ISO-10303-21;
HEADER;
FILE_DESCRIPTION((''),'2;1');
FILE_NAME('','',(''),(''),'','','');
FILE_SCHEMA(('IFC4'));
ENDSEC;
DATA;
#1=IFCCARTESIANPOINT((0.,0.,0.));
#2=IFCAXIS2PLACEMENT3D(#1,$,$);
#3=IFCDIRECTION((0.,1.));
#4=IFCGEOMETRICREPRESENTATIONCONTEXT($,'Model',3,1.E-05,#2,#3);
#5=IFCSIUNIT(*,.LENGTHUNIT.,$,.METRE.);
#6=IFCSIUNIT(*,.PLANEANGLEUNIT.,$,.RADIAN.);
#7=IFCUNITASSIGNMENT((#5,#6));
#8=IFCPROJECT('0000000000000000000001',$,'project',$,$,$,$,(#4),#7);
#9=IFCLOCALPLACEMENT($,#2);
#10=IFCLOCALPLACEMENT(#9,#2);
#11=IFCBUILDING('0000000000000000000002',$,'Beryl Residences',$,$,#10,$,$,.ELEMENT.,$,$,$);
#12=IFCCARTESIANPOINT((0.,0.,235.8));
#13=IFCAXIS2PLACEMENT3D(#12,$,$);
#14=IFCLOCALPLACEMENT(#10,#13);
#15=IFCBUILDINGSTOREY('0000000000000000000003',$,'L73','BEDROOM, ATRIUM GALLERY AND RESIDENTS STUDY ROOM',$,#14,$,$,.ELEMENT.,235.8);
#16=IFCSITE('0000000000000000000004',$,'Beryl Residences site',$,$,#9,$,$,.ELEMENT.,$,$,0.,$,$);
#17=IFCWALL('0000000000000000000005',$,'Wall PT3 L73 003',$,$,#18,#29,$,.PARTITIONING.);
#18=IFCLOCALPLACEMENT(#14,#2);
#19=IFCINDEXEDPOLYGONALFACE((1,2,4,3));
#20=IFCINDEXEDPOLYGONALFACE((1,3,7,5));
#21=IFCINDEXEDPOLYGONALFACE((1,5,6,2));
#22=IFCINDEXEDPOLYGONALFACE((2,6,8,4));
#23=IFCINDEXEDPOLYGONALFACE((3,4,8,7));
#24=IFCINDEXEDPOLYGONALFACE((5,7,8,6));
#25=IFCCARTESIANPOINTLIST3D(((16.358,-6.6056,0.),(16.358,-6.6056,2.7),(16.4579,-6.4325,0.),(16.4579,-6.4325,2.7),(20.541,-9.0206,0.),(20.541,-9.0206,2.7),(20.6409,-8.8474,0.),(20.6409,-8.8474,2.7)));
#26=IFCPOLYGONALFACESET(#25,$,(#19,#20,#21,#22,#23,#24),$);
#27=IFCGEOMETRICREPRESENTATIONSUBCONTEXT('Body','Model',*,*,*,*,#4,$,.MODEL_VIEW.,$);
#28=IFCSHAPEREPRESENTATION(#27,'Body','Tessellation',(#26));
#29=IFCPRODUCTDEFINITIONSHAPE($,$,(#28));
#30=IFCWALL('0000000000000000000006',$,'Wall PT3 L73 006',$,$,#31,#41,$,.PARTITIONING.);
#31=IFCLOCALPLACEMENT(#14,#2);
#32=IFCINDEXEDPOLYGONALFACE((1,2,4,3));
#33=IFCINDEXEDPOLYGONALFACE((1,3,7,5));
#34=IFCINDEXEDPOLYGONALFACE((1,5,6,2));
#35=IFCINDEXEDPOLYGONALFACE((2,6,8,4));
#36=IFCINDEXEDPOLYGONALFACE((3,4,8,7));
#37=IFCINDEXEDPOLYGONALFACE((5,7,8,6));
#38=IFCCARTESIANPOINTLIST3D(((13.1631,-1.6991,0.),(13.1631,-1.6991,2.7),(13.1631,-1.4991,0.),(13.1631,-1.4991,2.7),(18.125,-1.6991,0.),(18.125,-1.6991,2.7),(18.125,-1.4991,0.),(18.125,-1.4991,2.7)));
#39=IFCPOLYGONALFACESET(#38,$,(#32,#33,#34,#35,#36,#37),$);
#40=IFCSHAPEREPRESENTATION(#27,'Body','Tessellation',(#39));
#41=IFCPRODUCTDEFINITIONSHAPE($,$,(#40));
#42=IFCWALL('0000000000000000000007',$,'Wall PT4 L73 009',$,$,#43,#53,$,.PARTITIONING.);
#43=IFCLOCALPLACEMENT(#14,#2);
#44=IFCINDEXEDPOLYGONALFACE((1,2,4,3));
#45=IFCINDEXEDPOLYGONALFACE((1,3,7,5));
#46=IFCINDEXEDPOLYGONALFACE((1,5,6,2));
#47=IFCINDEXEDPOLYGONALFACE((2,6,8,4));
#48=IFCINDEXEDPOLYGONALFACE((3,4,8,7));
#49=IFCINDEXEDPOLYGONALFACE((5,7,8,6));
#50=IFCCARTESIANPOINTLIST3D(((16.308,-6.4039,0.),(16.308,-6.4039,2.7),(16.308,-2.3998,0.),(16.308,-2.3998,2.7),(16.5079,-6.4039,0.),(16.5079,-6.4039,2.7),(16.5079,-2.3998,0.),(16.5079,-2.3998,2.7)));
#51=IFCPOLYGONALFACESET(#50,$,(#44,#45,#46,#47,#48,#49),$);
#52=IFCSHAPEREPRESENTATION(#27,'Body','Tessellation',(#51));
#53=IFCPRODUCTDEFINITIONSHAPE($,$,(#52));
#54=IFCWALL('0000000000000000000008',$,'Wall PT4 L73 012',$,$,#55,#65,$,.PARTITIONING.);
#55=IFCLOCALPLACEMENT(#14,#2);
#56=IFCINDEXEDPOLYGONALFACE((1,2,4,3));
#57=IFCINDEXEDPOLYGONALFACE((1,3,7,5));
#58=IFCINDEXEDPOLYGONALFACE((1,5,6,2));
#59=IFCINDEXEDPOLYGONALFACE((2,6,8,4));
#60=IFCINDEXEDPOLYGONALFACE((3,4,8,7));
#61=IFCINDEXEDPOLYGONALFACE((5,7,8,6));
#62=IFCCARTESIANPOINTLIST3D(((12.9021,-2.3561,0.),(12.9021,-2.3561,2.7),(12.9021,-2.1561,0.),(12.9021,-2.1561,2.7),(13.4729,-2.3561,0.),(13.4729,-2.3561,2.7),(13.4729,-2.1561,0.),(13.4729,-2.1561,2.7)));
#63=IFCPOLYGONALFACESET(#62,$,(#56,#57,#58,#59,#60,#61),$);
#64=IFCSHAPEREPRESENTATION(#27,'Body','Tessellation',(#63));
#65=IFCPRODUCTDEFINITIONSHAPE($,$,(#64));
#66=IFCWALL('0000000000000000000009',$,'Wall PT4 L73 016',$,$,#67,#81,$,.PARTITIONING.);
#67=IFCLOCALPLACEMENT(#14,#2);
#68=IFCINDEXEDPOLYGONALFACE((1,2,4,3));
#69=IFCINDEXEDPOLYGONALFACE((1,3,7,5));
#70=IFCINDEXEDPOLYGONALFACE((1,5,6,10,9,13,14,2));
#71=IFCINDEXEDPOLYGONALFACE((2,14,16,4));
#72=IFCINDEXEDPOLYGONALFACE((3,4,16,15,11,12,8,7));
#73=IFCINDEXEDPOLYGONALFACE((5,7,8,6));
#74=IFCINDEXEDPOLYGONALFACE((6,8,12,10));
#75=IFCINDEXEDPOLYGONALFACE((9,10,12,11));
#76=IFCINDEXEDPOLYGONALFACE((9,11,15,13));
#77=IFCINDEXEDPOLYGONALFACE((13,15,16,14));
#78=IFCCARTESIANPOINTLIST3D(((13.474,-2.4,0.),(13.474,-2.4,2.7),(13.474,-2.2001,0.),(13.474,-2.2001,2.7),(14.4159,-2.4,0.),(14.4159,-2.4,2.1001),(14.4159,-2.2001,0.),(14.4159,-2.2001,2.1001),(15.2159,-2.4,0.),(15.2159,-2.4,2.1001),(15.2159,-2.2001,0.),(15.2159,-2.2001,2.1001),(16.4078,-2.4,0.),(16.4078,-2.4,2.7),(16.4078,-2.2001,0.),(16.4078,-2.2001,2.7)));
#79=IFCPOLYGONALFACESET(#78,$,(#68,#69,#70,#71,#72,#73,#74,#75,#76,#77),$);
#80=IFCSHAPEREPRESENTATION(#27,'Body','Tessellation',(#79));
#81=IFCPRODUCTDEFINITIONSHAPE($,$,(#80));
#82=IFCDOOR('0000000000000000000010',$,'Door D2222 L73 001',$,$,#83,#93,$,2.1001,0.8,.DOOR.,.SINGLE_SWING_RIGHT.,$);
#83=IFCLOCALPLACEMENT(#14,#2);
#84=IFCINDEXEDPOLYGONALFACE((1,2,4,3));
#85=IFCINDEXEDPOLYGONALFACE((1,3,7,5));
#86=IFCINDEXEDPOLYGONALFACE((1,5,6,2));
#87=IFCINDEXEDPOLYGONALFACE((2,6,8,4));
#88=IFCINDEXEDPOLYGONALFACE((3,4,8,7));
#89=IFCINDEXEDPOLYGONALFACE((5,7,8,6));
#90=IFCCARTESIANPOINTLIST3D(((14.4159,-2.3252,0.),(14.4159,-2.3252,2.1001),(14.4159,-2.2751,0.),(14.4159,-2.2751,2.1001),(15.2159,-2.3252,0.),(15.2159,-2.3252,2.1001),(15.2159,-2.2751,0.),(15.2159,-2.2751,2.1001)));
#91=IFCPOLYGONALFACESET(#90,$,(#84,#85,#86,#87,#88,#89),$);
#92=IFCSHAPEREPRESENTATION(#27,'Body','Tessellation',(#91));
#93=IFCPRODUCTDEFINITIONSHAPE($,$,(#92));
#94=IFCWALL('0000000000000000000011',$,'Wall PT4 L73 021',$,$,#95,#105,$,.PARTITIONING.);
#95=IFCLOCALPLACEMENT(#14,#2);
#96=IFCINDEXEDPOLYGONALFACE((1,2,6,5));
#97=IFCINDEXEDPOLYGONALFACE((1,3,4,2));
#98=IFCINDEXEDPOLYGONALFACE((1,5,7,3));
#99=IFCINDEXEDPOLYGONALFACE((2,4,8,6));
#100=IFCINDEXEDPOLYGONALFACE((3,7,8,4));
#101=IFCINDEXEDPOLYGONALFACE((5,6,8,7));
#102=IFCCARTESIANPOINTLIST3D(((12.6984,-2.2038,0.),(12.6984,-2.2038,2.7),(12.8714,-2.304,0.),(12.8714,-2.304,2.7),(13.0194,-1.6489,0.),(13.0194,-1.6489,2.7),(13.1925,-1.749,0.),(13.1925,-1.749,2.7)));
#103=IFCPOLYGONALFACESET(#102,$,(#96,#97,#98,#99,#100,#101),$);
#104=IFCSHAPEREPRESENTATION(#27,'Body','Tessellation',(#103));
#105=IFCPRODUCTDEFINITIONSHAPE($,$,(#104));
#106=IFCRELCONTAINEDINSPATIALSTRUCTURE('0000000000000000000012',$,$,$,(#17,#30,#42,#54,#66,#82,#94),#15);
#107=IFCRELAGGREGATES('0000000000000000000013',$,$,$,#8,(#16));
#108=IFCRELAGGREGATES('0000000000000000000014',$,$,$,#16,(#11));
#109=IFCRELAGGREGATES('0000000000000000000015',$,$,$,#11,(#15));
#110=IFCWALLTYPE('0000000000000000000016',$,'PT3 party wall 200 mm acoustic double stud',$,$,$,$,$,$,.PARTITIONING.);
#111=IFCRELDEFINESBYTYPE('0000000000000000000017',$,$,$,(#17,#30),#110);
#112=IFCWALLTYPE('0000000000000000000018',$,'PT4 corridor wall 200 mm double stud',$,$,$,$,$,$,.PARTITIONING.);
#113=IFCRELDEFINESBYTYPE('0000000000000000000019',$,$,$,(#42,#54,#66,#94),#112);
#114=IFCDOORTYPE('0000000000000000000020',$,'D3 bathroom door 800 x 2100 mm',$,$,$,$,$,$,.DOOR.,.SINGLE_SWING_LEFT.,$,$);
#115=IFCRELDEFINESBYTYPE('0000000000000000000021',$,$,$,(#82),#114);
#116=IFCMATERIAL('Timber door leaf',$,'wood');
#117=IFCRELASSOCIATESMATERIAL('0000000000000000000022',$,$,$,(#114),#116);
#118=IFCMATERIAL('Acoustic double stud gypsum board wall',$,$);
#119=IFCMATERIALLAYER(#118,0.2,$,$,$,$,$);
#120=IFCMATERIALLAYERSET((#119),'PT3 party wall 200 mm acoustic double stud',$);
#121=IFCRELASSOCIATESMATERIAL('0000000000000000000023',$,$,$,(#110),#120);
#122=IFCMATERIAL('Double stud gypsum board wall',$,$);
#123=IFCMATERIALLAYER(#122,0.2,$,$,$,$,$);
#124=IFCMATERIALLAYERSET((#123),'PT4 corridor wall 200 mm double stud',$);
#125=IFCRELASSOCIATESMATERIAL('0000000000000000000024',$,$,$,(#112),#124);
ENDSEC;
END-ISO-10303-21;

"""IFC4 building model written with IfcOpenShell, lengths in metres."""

from ifc_helpers import new_model, si_unit, direction, frame, frame_2d, origin, place, context, subcontext, project, spatial, rectangle, extrude, material, layer, layer_set, type_object, element, fill, save


model = new_model("IFC4")

# Units and contexts
model_context = context("Model", 3, precision=1e-05, world=origin(), true_north=direction((0.0, 1.0)))
body_context = subcontext(model_context, "Body", "Model", "MODEL_VIEW")
ifc_project = project(units=[si_unit("LENGTHUNIT", "METRE"), si_unit("PLANEANGLEUNIT", "RADIAN")], contexts=[model_context])

# Site, building, storey
site_placement = place(None, origin())
site = spatial("IfcSite", under=ifc_project, at=site_placement, Name="Beryl Residences site", CompositionType="ELEMENT", RefElevation=0.0)
building_placement = place(site_placement, origin())
building = spatial("IfcBuilding", under=site, at=building_placement, Name="Beryl Residences", CompositionType="ELEMENT")
storey_placement = place(building_placement, frame((0.0, 0.0, 235.8)))
storey = spatial("IfcBuildingStorey", under=building, at=storey_placement, Name="L73", Description="BEDROOM, ATRIUM GALLERY AND RESIDENTS STUDY ROOM", CompositionType="ELEMENT", Elevation=235.8)

# Shared definitions
ifc_material_1 = material(Name="Timber door leaf", Category="wood")
door_type_1 = type_object("IfcDoorType", Name="D3 bathroom door 800 x 2100 mm", OperationType="SINGLE_SWING_LEFT", PredefinedType="DOOR", material=ifc_material_1)

# Walls
ifc_material_2 = material(Name="Acoustic double stud gypsum board wall")
ifc_layer_1 = layer(ifc_material_2, 0.2)
ifc_layer_set_1 = layer_set([ifc_layer_1], Name="PT3 party wall 200 mm acoustic double stud")
wall_type_1 = type_object("IfcWallType", Name="PT3 party wall 200 mm acoustic double stud", PredefinedType="PARTITIONING", material=ifc_layer_set_1)
wall_1_placement = place(storey_placement, frame((16.408, -6.519, 0.0), z_axis=(0.0, 0.0, 1.0), x_axis=(0.866032, -0.499988, 0.0)))
element("IfcWall", 1, at=wall_1_placement, inside=storey, type_object=wall_type_1, Name="Wall PT3 L73 003", PredefinedType="PARTITIONING", context=body_context, shape_type="SweptSolid", body=[
    extrude(rectangle(XDim=4.8301, YDim=0.2, at=frame_2d((2.415, 0.0))), origin(), (0.0, 0.0, 1.0), 2.7),
])
wall_2_placement = place(storey_placement, frame((13.1631, -1.5991, 0.0), z_axis=(0.0, 0.0, 1.0), x_axis=(1.0, 0.0, 0.0)))
element("IfcWall", 2, at=wall_2_placement, inside=storey, type_object=wall_type_1, Name="Wall PT3 L73 006", PredefinedType="PARTITIONING", context=body_context, shape_type="SweptSolid", body=[
    extrude(rectangle(XDim=4.9619, YDim=0.2, at=frame_2d((2.481, 0.0))), origin(), (0.0, 0.0, 1.0), 2.7),
])
ifc_material_3 = material(Name="Double stud gypsum board wall")
ifc_layer_2 = layer(ifc_material_3, 0.2)
ifc_layer_set_2 = layer_set([ifc_layer_2], Name="PT4 corridor wall 200 mm double stud")
wall_type_2 = type_object("IfcWallType", Name="PT4 corridor wall 200 mm double stud", PredefinedType="PARTITIONING", material=ifc_layer_set_2)
wall_3_placement = place(storey_placement, frame((16.408, -2.3999, 0.0), z_axis=(0.0, 0.0, 1.0), x_axis=(0.0, -1.0, 0.0)))
element("IfcWall", 3, at=wall_3_placement, inside=storey, type_object=wall_type_2, Name="Wall PT4 L73 009", PredefinedType="PARTITIONING", context=body_context, shape_type="SweptSolid", body=[
    extrude(rectangle(XDim=4.0042, YDim=0.2, at=frame_2d((2.002, 0.0))), origin(), (0.0, 0.0, 1.0), 2.7),
])
wall_4_placement = place(storey_placement, frame((12.9021, -2.2561, 0.0), z_axis=(0.0, 0.0, 1.0), x_axis=(1.0, 0.0, 0.0)))
element("IfcWall", 4, at=wall_4_placement, inside=storey, type_object=wall_type_2, Name="Wall PT4 L73 012", PredefinedType="PARTITIONING", context=body_context, shape_type="SweptSolid", body=[
    extrude(rectangle(XDim=0.5708, YDim=0.2, at=frame_2d((0.2854, 0.0))), origin(), (0.0, 0.0, 1.0), 2.7),
])

# Wall, opening, door
wall_5_placement = place(storey_placement, frame((13.4741, -2.3, 0.0), z_axis=(0.0, 0.0, 1.0), x_axis=(1.0, 0.0, 0.0)))
wall_5 = element("IfcWall", 5, at=wall_5_placement, inside=storey, type_object=wall_type_2, Name="Wall PT4 L73 016", PredefinedType="PARTITIONING", context=body_context, shape_type="SweptSolid", body=[
    extrude(rectangle(XDim=2.9338, YDim=0.2, at=frame_2d((1.4668, 0.0))), origin(), (0.0, 0.0, 1.0), 2.7),
])
opening_1_placement = place(wall_5_placement, frame((0.9419, 0.0, 0.0)))
opening_1 = element("IfcOpeningElement", 6, at=opening_1_placement, cuts=wall_5, PredefinedType="OPENING", context=body_context, shape_type="SweptSolid", body=[
    extrude(rectangle(XDim=0.8, YDim=2.1001, at=frame_2d((0.3999, 1.05))), frame((0.0, 0.1099, 0.0), z_axis=(0.0, -1.0, 0.0), x_axis=(1.0, 0.0, 0.0)), (0.0, 0.0, 1.0), 0.22),
])
door_1_placement = place(opening_1_placement, origin())
door_1 = element("IfcDoor", 7, at=door_1_placement, inside=storey, type_object=door_type_1, Name="Door D2222 L73 001", OperationType="SINGLE_SWING_RIGHT", OverallHeight=2.1001, OverallWidth=0.8, PredefinedType="DOOR", context=body_context, shape_type="SweptSolid", body=[
    extrude(rectangle(XDim=0.8, YDim=2.1001, at=frame_2d((0.3999, 1.05))), frame((0.0, 0.0249, 0.0), z_axis=(0.0, -1.0, 0.0), x_axis=(1.0, 0.0, 0.0)), (0.0, 0.0, 1.0), 0.05),
])
fill(opening_1, door_1)

# Wall
wall_6_placement = place(storey_placement, frame((12.7849, -2.2539, 0.0), z_axis=(0.0, 0.0, 1.0), x_axis=(0.500766, 0.865583, 0.0)))
element("IfcWall", 8, at=wall_6_placement, inside=storey, type_object=wall_type_2, Name="Wall PT4 L73 021", PredefinedType="PARTITIONING", context=body_context, shape_type="SweptSolid", body=[
    extrude(rectangle(XDim=0.6411, YDim=0.2, at=frame_2d((0.3206, 0.0))), origin(), (0.0, 0.0, 1.0), 2.7),
])

save(model, "model.ifc")
